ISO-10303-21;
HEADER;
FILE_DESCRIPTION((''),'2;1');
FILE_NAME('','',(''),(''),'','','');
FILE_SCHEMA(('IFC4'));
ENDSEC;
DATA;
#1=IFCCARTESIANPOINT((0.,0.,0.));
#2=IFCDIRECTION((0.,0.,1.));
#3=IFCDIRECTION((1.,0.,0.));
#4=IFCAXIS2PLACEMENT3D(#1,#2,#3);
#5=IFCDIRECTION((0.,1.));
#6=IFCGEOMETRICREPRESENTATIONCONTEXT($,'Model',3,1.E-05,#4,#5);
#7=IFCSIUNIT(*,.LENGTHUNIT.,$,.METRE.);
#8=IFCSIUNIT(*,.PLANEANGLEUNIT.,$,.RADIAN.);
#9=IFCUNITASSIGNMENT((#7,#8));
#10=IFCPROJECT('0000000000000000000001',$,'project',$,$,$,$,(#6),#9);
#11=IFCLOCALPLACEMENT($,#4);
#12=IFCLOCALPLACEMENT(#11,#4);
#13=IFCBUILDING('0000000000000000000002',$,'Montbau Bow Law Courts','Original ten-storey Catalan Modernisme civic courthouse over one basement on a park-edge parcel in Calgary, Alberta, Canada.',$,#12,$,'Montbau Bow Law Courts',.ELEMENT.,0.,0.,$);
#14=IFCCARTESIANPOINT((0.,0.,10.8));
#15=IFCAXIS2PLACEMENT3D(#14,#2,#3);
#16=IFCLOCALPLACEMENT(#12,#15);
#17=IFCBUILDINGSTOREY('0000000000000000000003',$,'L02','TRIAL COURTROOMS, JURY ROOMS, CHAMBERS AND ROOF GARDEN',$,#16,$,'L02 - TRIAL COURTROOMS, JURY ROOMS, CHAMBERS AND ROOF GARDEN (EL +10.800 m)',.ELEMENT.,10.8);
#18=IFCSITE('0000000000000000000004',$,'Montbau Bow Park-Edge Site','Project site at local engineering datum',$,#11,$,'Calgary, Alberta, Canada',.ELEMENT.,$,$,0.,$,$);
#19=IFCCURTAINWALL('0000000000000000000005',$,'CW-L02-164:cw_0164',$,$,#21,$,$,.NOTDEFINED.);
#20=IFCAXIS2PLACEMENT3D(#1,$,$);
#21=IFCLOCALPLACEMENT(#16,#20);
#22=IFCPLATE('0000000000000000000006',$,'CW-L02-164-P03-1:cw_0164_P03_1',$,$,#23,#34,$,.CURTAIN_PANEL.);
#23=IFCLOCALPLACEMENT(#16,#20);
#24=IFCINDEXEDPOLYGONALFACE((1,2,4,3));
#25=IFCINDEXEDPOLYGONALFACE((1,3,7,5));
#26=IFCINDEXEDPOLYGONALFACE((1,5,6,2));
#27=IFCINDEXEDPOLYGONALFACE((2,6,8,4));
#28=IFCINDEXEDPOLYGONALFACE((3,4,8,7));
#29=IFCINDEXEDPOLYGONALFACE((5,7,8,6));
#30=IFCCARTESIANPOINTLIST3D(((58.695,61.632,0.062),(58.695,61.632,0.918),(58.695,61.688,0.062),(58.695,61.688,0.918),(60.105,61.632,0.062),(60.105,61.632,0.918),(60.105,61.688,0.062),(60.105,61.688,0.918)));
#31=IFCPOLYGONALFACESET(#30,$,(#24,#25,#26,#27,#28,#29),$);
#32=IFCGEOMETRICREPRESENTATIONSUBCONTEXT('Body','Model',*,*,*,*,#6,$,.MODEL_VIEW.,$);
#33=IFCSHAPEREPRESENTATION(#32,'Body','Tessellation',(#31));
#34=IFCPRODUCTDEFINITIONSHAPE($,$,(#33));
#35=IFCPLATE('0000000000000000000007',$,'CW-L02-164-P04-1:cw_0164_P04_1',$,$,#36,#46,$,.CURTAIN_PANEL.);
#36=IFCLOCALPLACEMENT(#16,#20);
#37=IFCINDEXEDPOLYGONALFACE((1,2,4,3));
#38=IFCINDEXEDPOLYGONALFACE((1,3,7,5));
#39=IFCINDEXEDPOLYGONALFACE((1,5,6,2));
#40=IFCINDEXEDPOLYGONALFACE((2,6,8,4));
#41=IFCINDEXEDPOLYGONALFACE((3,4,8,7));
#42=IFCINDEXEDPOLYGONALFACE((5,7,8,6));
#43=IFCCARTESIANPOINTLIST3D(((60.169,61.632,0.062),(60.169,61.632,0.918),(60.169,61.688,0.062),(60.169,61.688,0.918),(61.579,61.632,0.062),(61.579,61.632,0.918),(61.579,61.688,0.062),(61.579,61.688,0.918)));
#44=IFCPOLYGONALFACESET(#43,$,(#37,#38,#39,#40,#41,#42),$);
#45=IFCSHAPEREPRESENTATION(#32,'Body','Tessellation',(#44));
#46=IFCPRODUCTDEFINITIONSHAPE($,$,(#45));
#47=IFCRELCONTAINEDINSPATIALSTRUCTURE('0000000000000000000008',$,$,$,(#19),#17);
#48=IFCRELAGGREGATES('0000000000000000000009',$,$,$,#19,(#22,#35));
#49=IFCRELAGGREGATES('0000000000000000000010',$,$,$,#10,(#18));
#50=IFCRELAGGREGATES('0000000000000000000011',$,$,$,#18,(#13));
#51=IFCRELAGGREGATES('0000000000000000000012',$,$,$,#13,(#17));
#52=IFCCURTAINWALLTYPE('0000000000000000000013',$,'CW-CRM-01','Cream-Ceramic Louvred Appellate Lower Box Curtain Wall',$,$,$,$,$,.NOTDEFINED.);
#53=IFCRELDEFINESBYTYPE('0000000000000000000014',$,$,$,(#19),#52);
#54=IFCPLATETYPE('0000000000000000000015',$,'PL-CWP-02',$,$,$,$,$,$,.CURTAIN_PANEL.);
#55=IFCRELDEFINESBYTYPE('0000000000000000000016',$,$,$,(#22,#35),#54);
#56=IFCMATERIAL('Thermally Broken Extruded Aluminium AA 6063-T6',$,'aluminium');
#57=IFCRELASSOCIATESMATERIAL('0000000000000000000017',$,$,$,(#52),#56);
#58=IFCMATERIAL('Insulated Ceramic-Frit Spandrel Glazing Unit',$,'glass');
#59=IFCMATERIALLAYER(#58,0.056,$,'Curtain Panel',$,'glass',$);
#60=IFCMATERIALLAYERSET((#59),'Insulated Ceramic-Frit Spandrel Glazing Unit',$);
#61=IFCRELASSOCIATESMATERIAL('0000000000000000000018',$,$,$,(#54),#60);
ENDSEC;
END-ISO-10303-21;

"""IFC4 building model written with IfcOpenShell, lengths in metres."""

from ifc_helpers import new_model, si_unit, direction, frame, frame_2d, origin_with_axes, place, context, subcontext, project, spatial, rectangle, extrude, material, layer, layer_set, type_object, element, aggregate, save


model = new_model("IFC4")

# Units and contexts
model_context = context("Model", 3, precision=1e-05, world=origin_with_axes(), true_north=direction((0.0, 1.0)))
body_context = subcontext(model_context, "Body", "Model", "MODEL_VIEW")
ifc_project = project(units=[si_unit("LENGTHUNIT", "METRE"), si_unit("PLANEANGLEUNIT", "RADIAN")], contexts=[model_context])

# Site, building, storey
site_placement = place(None, origin_with_axes())
site = spatial("IfcSite", under=ifc_project, at=site_placement, Name="Montbau Bow Park-Edge Site", Description="Project site at local engineering datum", LongName="Calgary, Alberta, Canada", CompositionType="ELEMENT", RefElevation=0.0)
building_placement = place(site_placement, origin_with_axes())
building = spatial("IfcBuilding", under=site, at=building_placement, Name="Montbau Bow Law Courts", Description="Original ten-storey Catalan Modernisme civic courthouse over one basement on a park-edge parcel in Calgary, Alberta, Canada.", LongName="Montbau Bow Law Courts", CompositionType="ELEMENT", ElevationOfRefHeight=0.0, ElevationOfTerrain=0.0)
storey_placement = place(building_placement, frame((0.0, 0.0, 10.8), z_axis=(0.0, 0.0, 1.0), x_axis=(1.0, 0.0, 0.0)))
storey = spatial("IfcBuildingStorey", under=building, at=storey_placement, Name="L02", Description="TRIAL COURTROOMS, JURY ROOMS, CHAMBERS AND ROOF GARDEN", LongName="L02 - TRIAL COURTROOMS, JURY ROOMS, CHAMBERS AND ROOF GARDEN (EL +10.800 m)", CompositionType="ELEMENT", Elevation=10.8)

# Curtain wall
ifc_material_1 = material(Name="Thermally Broken Extruded Aluminium AA 6063-T6", Category="aluminium")
curtain_wall_type = type_object("IfcCurtainWallType", Name="CW-CRM-01", Description="Cream-Ceramic Louvred Appellate Lower Box Curtain Wall", PredefinedType="NOTDEFINED", material=ifc_material_1)
curtain_wall_1_placement = place(None, frame((55.715, 61.66, 10.8), z_axis=(0.0, 0.0, 1.0), x_axis=(1.0, 0.0, 0.0)))
curtain_wall_1 = element("IfcCurtainWall", 1, at=curtain_wall_1_placement, inside=storey, type_object=curtain_wall_type, Name="CW-L02-164:cw_0164", PredefinedType="NOTDEFINED")

# Plates
ifc_material_2 = material(Name="Insulated Ceramic-Frit Spandrel Glazing Unit", Category="glass")
ifc_layer_1 = layer(ifc_material_2, 0.056, Name="Curtain Panel", Category="glass")
ifc_layer_set_1 = layer_set([ifc_layer_1], Name="Insulated Ceramic-Frit Spandrel Glazing Unit")
plate_type_1 = type_object("IfcPlateType", Name="PL-CWP-02", PredefinedType="CURTAIN_PANEL", material=ifc_layer_set_1)
plate_1_placement = place(None, frame((58.695, 61.66, 10.862), z_axis=(0.0, -1.0, 0.0), x_axis=(1.0, 0.0, 0.0)))
plate_1 = element("IfcPlate", 2, at=plate_1_placement, type_object=plate_type_1, Name="CW-L02-164-P03-1:cw_0164_P03_1", PredefinedType="CURTAIN_PANEL", context=body_context, shape_type="SweptSolid", body=[
    extrude(rectangle(XDim=1.41, YDim=0.856, at=frame_2d((0.705, 0.428), x_axis=(1.0, 0.0))), frame((0.0, 0.0, -0.028), z_axis=(0.0, 0.0, 1.0), x_axis=(1.0, 0.0, 0.0)), (0.0, 0.0, 1.0), 0.056),
])
plate_2_placement = place(None, frame((60.169, 61.66, 10.862), z_axis=(0.0, -1.0, 0.0), x_axis=(1.0, 0.0, 0.0)))
plate_2 = element("IfcPlate", 3, at=plate_2_placement, type_object=plate_type_1, Name="CW-L02-164-P04-1:cw_0164_P04_1", PredefinedType="CURTAIN_PANEL", context=body_context, shape_type="SweptSolid", body=[
    extrude(rectangle(XDim=1.41, YDim=0.856, at=frame_2d((0.705, 0.428), x_axis=(1.0, 0.0))), frame((0.0, 0.0, -0.028), z_axis=(0.0, 0.0, 1.0), x_axis=(1.0, 0.0, 0.0)), (0.0, 0.0, 1.0), 0.056),
])
aggregate(curtain_wall_1, [plate_1, plate_2])

save(model, "model.ifc")
